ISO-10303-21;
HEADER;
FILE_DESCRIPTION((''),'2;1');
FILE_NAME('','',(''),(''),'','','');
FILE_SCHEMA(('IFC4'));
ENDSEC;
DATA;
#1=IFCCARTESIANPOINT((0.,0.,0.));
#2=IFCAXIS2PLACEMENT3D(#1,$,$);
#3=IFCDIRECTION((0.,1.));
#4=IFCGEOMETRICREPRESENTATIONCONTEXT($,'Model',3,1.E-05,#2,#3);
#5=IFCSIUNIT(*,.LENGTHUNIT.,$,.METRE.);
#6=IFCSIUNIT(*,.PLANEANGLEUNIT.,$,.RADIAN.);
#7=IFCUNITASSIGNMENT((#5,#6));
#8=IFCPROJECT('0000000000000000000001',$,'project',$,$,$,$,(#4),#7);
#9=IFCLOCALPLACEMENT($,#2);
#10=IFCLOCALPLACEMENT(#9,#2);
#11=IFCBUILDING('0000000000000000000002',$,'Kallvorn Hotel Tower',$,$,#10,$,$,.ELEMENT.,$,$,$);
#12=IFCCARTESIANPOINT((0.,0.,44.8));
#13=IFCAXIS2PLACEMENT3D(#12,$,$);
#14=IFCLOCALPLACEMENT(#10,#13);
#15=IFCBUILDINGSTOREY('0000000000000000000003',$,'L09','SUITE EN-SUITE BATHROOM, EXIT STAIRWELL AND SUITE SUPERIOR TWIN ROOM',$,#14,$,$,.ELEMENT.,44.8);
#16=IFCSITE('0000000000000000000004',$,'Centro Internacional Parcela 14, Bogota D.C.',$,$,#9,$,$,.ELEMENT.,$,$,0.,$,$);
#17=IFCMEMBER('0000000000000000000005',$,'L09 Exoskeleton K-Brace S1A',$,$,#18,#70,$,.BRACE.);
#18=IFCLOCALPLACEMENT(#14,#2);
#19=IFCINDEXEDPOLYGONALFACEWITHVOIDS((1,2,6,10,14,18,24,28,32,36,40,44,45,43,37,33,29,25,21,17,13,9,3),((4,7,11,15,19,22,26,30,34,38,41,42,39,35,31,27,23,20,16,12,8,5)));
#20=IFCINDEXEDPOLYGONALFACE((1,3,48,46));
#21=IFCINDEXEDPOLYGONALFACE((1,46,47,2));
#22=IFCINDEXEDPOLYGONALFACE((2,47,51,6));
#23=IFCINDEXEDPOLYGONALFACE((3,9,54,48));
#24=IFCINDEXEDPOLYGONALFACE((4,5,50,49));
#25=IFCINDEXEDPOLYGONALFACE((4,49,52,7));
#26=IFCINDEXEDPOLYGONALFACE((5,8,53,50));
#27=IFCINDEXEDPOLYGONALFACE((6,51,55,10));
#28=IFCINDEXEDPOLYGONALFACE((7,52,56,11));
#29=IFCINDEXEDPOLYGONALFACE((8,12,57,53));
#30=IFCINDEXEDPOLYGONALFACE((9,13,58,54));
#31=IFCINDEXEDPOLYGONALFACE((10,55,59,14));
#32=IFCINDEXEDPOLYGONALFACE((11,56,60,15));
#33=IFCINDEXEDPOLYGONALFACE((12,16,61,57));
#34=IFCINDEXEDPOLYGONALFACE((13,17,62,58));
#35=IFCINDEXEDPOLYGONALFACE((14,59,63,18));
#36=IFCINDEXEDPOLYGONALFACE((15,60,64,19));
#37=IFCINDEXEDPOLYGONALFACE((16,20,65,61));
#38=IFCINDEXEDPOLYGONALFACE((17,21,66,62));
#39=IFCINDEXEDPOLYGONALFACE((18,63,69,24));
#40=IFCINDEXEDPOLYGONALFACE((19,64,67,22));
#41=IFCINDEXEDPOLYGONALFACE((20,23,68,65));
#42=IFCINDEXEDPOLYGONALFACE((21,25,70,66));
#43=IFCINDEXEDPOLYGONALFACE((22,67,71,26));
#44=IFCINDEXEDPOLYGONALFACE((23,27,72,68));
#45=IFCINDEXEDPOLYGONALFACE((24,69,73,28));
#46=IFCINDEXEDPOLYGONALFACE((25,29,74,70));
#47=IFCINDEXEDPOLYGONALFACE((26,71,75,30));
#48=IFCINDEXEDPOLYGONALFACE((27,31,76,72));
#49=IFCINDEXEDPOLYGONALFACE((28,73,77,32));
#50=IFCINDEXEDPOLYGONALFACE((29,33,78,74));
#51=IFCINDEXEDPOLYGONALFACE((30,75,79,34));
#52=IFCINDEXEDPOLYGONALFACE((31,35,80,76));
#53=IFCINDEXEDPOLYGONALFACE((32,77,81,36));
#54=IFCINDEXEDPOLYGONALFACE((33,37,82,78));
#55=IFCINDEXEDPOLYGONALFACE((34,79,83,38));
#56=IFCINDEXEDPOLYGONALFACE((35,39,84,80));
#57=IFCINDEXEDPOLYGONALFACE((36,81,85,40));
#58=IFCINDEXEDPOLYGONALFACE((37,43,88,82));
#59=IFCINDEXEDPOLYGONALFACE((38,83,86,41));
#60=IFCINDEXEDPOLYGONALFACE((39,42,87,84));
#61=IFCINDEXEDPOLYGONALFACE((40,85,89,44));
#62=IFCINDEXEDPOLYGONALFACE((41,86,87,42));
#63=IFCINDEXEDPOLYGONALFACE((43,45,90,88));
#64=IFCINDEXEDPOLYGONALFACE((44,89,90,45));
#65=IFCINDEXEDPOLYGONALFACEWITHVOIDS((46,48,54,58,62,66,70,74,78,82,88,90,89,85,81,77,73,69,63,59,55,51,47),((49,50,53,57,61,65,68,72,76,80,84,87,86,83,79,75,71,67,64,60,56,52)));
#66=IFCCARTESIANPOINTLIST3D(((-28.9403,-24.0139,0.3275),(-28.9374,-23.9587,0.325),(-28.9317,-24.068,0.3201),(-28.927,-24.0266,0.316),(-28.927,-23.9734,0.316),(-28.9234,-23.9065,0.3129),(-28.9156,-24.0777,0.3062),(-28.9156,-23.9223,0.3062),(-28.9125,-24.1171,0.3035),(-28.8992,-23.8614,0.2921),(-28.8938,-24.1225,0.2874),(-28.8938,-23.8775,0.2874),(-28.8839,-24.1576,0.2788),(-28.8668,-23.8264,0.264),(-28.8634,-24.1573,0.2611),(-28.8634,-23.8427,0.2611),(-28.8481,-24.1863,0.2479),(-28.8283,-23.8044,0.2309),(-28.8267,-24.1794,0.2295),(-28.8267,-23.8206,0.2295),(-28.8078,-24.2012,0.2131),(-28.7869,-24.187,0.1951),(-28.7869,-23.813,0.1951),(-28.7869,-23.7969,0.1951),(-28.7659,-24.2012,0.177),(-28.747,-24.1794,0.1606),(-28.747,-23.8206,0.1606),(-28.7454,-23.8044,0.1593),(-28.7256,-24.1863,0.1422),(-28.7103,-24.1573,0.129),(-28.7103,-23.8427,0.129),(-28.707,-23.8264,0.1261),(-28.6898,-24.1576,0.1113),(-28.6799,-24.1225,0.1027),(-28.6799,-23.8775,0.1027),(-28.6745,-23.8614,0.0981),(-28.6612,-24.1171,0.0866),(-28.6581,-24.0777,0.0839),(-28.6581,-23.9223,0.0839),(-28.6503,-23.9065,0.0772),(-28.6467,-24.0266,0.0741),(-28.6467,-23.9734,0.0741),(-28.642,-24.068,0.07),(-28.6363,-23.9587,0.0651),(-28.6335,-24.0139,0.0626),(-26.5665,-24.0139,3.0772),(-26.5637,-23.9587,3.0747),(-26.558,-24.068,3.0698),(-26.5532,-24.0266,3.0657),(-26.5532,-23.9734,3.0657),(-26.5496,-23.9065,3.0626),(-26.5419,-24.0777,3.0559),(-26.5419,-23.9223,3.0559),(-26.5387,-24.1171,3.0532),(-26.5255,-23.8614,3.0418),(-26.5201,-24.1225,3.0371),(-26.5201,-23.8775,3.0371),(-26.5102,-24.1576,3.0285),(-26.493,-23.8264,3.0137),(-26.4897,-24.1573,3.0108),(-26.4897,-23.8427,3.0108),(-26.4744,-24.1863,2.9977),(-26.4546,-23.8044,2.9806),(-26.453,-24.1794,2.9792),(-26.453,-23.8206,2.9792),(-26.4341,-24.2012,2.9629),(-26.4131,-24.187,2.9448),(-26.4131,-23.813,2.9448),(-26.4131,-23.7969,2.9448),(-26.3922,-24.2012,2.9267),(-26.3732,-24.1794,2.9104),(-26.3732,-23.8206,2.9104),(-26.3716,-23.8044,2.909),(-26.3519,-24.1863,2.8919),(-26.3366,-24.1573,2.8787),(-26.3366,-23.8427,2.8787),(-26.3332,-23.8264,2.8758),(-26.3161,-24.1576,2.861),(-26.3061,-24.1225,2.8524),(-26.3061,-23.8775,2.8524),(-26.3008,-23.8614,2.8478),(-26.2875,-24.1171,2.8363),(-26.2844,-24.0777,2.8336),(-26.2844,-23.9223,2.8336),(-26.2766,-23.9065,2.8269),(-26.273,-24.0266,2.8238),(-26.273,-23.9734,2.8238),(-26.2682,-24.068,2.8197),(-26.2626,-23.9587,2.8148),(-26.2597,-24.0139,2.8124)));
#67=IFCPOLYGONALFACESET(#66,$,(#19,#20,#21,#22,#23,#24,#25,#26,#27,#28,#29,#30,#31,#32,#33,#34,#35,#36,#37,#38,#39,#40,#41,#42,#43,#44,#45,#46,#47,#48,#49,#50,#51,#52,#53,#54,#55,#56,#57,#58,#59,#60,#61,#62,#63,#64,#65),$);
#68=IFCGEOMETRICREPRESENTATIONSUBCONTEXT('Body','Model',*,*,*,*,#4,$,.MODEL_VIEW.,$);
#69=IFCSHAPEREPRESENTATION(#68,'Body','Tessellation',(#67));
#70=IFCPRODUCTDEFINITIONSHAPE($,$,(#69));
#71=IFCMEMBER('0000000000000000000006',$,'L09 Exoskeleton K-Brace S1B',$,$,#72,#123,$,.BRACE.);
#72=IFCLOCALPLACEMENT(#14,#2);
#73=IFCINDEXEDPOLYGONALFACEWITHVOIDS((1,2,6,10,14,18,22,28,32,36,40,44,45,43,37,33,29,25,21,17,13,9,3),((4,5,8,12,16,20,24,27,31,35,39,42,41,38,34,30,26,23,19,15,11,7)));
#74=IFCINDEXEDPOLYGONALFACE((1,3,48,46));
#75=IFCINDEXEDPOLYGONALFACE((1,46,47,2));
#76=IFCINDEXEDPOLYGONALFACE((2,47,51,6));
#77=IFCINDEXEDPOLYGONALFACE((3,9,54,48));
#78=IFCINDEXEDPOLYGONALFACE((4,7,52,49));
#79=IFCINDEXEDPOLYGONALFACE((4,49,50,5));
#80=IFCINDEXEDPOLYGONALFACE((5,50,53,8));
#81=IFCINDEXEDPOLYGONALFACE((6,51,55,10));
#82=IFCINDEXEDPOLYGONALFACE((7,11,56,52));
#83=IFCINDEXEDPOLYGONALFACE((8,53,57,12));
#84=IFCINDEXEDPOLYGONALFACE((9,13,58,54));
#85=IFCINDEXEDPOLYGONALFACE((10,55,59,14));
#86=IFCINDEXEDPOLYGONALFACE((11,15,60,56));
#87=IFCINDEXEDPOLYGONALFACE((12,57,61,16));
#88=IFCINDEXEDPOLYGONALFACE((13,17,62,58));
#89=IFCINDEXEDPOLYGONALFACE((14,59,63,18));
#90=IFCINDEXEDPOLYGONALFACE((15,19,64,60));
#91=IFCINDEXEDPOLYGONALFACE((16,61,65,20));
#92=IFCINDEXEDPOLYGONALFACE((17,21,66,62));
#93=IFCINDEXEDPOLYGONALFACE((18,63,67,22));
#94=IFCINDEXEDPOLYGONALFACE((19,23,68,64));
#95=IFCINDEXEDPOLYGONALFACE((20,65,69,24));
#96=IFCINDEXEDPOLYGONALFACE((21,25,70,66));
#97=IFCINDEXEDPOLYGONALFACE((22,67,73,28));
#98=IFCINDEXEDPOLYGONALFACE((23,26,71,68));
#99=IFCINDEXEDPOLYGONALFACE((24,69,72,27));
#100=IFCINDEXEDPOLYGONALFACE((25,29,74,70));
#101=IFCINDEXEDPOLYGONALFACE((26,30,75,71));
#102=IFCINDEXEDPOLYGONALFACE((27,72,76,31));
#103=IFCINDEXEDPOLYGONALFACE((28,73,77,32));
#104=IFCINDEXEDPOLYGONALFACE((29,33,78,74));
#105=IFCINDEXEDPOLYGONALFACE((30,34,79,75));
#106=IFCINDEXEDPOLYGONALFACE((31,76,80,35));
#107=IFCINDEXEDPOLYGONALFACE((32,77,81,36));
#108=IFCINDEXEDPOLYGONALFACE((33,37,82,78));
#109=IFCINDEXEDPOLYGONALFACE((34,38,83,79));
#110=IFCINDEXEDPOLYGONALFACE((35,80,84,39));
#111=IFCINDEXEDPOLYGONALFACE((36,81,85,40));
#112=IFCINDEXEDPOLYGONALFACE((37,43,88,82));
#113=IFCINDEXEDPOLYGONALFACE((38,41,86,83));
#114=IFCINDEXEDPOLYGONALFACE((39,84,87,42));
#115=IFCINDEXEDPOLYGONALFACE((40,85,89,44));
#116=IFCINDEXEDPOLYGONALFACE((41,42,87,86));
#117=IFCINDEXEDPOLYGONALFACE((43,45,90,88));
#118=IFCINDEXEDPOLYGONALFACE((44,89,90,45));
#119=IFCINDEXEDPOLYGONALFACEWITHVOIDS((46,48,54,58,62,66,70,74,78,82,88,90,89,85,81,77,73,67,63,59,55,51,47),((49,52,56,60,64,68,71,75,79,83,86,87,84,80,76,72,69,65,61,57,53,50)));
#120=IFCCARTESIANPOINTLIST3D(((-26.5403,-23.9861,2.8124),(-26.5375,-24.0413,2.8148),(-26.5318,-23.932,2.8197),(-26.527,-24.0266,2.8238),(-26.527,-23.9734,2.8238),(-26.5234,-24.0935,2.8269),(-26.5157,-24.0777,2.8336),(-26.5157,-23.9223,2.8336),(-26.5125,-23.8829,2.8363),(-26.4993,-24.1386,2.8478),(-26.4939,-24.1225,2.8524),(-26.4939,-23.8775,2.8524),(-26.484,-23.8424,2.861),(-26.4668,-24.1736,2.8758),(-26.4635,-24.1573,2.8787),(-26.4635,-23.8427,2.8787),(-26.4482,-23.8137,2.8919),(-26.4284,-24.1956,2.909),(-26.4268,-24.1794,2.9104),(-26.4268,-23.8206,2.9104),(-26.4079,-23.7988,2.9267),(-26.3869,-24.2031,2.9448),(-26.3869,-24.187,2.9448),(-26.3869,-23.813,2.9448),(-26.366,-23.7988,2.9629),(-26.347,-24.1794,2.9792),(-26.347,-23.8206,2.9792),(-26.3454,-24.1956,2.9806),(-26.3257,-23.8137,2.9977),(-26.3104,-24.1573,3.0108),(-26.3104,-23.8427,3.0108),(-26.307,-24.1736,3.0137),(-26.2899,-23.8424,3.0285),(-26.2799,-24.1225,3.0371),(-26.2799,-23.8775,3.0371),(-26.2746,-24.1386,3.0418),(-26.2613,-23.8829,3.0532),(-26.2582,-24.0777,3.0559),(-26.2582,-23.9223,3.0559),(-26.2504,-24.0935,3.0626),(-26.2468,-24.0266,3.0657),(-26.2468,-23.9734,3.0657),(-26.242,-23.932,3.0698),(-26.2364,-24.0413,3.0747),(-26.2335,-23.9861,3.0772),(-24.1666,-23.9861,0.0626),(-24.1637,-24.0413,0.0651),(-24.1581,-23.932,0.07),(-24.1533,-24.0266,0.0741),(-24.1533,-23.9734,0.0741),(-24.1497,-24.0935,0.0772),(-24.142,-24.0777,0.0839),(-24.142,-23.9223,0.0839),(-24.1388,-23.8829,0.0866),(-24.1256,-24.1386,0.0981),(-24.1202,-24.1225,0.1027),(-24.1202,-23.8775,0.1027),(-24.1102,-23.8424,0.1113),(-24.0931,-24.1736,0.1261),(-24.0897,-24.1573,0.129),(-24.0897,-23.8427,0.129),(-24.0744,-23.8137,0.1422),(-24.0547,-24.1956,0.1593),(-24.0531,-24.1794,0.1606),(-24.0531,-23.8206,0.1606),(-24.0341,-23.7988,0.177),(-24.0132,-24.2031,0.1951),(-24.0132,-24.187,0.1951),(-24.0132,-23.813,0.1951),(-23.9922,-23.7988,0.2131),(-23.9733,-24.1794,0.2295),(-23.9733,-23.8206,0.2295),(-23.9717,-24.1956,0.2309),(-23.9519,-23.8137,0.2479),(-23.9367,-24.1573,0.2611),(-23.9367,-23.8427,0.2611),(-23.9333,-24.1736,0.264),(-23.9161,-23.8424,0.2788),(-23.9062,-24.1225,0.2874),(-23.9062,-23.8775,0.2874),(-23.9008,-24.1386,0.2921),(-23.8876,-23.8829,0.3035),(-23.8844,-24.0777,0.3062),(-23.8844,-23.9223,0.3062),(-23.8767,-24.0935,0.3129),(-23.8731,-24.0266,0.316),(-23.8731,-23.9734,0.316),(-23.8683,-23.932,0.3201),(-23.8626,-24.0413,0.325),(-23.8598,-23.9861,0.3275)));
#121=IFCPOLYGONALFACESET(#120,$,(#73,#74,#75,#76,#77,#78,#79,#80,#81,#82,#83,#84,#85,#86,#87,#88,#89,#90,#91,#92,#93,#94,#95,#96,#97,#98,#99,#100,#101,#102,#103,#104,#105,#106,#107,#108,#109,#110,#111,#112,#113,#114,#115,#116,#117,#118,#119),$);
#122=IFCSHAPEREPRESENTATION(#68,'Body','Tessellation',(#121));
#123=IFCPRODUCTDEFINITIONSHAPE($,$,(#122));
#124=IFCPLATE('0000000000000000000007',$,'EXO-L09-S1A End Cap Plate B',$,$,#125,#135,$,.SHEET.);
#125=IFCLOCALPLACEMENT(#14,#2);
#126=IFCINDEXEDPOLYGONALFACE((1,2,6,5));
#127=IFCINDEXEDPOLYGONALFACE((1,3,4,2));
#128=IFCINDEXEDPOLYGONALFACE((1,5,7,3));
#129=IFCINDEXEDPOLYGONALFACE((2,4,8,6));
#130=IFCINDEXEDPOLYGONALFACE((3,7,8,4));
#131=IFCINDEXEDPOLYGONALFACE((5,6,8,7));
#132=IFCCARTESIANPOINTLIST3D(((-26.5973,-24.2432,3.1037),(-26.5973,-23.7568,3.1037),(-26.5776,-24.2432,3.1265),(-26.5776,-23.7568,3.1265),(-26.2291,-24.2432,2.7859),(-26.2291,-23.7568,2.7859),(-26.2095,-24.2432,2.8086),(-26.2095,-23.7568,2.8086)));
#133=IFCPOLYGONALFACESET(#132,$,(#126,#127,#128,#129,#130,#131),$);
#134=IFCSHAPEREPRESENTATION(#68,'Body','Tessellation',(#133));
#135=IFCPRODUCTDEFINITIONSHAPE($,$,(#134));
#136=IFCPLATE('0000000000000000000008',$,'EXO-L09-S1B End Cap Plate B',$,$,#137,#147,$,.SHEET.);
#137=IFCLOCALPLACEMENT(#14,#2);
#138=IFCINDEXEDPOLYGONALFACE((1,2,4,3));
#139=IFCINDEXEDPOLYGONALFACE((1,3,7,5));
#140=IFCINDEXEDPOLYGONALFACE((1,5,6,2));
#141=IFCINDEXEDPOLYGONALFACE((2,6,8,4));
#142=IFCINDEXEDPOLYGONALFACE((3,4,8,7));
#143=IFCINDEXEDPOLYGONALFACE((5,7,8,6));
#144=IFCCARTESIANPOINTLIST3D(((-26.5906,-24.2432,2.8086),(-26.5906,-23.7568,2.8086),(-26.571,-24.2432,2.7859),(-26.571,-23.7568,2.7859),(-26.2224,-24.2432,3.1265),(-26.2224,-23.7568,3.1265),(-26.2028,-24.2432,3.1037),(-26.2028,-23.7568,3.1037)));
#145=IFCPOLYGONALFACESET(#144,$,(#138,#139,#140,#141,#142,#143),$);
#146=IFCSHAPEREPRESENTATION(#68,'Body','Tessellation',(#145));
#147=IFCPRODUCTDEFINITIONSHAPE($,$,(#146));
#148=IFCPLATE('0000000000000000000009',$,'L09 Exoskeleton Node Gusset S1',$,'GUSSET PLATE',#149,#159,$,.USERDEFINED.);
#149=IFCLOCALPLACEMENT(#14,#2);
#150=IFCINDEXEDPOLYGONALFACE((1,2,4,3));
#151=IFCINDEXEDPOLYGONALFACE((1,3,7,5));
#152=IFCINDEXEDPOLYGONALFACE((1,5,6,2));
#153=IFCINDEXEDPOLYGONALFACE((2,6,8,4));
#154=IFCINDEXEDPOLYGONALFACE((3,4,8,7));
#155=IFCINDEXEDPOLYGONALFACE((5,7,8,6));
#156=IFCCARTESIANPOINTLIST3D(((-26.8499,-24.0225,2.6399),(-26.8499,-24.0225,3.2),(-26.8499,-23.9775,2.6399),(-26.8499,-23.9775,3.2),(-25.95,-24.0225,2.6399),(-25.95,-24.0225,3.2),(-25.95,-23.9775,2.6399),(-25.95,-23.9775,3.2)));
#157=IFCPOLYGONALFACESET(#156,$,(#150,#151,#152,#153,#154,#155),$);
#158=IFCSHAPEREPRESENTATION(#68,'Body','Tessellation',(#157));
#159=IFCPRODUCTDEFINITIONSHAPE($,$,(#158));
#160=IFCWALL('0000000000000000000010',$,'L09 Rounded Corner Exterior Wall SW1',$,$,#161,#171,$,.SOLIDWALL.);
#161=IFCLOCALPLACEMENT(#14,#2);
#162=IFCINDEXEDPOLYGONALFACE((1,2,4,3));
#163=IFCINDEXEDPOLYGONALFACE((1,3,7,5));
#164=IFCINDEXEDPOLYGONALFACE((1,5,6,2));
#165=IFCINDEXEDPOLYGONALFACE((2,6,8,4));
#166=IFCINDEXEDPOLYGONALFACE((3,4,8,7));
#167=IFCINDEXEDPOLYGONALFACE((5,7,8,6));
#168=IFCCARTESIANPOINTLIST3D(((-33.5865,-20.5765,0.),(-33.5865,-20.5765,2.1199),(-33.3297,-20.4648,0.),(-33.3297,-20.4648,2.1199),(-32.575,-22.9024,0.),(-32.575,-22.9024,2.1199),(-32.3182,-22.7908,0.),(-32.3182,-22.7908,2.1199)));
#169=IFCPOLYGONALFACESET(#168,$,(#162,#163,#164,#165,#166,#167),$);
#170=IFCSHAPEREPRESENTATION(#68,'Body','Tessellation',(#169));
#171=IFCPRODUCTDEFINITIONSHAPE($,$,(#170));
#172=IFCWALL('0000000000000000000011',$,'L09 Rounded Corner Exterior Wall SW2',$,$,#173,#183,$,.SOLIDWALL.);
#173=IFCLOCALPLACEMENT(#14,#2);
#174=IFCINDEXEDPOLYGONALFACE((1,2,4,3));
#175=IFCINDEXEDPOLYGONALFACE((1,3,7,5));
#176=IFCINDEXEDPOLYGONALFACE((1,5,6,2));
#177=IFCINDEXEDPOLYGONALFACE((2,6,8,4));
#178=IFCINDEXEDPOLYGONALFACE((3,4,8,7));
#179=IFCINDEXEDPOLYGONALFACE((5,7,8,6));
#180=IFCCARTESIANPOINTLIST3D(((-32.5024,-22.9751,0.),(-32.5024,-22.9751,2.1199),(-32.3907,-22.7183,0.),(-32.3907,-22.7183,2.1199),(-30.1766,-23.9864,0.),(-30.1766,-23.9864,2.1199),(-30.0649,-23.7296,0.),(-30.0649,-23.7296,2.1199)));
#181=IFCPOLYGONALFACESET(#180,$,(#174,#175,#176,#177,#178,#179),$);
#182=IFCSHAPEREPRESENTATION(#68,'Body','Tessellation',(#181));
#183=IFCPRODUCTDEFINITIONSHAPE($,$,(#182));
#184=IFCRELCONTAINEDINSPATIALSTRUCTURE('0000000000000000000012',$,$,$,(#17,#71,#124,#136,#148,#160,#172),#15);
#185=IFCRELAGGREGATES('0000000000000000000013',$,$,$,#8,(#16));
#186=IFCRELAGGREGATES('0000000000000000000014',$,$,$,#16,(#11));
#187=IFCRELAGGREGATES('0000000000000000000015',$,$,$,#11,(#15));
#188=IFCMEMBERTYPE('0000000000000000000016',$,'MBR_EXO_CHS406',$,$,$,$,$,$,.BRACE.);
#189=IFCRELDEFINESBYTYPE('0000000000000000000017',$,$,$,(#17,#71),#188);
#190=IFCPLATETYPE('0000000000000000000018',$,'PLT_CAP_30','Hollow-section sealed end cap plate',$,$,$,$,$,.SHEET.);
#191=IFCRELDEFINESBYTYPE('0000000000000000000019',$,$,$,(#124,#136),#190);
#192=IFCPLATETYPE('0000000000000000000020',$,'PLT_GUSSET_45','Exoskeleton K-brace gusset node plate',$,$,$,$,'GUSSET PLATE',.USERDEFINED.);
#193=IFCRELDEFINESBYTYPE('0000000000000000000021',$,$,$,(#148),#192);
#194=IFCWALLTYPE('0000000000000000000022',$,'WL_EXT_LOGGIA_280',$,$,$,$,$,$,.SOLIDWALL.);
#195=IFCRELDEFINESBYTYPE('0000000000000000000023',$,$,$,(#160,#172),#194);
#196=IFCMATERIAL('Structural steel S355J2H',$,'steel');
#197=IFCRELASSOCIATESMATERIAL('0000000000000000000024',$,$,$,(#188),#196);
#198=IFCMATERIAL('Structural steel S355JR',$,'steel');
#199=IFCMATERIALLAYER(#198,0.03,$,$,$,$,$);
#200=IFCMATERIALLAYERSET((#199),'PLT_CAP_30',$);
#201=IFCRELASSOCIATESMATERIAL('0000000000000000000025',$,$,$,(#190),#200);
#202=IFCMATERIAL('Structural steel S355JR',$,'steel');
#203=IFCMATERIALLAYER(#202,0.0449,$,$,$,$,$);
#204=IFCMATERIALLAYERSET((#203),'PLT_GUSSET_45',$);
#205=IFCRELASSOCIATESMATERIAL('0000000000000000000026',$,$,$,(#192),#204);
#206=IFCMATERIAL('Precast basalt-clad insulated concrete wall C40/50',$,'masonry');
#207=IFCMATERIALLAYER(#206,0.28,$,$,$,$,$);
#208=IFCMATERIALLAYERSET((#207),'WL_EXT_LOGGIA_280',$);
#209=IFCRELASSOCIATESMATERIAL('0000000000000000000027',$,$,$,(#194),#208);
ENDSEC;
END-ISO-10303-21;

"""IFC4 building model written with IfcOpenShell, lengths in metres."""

from ifc_helpers import new_model, si_unit, direction, frame, frame_2d, origin, origin_2d, place, context, subcontext, project, spatial, polyline, rectangle, hollow_circle, outline, extrude, material, layer, layer_set, material_profile, profile_set, type_object, element, save


model = new_model("IFC4")

# Units and contexts
model_context = context("Model", 3, precision=1e-05, world=origin(), true_north=direction((0.0, 1.0)))
body_context = subcontext(model_context, "Body", "Model", "MODEL_VIEW")
ifc_project = project(units=[si_unit("LENGTHUNIT", "METRE"), si_unit("PLANEANGLEUNIT", "RADIAN")], contexts=[model_context])

# Site, building, storey
site_placement = place(None, origin())
site = spatial("IfcSite", under=ifc_project, at=site_placement, Name="Centro Internacional Parcela 14, Bogota D.C.", CompositionType="ELEMENT", RefElevation=0.0)
building_placement = place(site_placement, origin())
building = spatial("IfcBuilding", under=site, at=building_placement, Name="Kallvorn Hotel Tower", CompositionType="ELEMENT")
storey_placement = place(building_placement, frame((0.0, 0.0, 44.8)))
storey = spatial("IfcBuildingStorey", under=building, at=storey_placement, Name="L09", Description="SUITE EN-SUITE BATHROOM, EXIT STAIRWELL AND SUITE SUPERIOR TWIN ROOM", CompositionType="ELEMENT", Elevation=44.8)

# Members
ifc_material_1 = material(Name="Structural steel S355J2H", Category="steel")
ifc_material_profile_1 = material_profile(ifc_material_1, hollow_circle(Radius=0.2031, WallThickness=0.0161, at=origin_2d()), Name="CHS 406.4x16")
ifc_profile_set_1 = profile_set([ifc_material_profile_1], Name="Structural steel S355J2H")
member_type = type_object("IfcMemberType", Name="MBR_EXO_CHS406", PredefinedType="BRACE", material=ifc_profile_set_1)
for number, where, z_axis, x_axis, name in (
    (1, (-28.7869, -24.0, 0.1951), (0.653461, 0.0, 0.756961), (0.0, 1.0, 0.0), "L09 Exoskeleton K-Brace S1A"),
    (2, (-24.0132, -24.0, 0.1951), (-0.653461, 0.0, 0.756961), (0.0, -1.0, 0.0), "L09 Exoskeleton K-Brace S1B"),
):
    element("IfcMember", number, at=place(storey_placement, frame(where, z_axis=z_axis, x_axis=x_axis)), inside=storey, type_object=member_type, Name=name, PredefinedType="BRACE", context=body_context, shape_type="SweptSolid", body=[
        extrude(hollow_circle(Radius=0.2031, WallThickness=0.0161, at=origin_2d()), origin(), (0.0, 0.0, 1.0), 3.6326),
    ])

# Plates
ifc_material_2 = material(Name="Structural steel S355JR", Category="steel")
ifc_layer_1 = layer(ifc_material_2, 0.03)
ifc_layer_set_1 = layer_set([ifc_layer_1], Name="PLT_CAP_30")
plate_type_1 = type_object("IfcPlateType", Name="PLT_CAP_30", Description="Hollow-section sealed end cap plate", PredefinedType="SHEET", material=ifc_layer_set_1)
for number, where, z_axis, x_axis, name in (
    (3, (-26.2095, -24.2432, 2.8086), (0.653515, 0.0, 0.756913), (0.0, 1.0, 0.0), "EXO-L09-S1A End Cap Plate B"),
    (4, (-26.5906, -23.7568, 2.8086), (-0.653515, 0.0, 0.756913), (0.0, -1.0, 0.0), "EXO-L09-S1B End Cap Plate B"),
):
    element("IfcPlate", number, at=place(storey_placement, frame(where, z_axis=z_axis, x_axis=x_axis)), inside=storey, type_object=plate_type_1, Name=name, PredefinedType="SHEET", context=body_context, shape_type="SweptSolid", body=[
        extrude(outline(polyline([(0.0, 0.0), (0.4863, 0.0), (0.4863, 0.4864), (0.0, 0.4864), (0.0, 0.0)])), origin(), (0.0, 0.0, -1.0), 0.03),
    ])
ifc_material_3 = material(Name="Structural steel S355JR", Category="steel")
ifc_layer_2 = layer(ifc_material_3, 0.0449)
ifc_layer_set_2 = layer_set([ifc_layer_2], Name="PLT_GUSSET_45")
plate_type_2 = type_object("IfcPlateType", Name="PLT_GUSSET_45", Description="Exoskeleton K-brace gusset node plate", ElementType="GUSSET PLATE", PredefinedType="USERDEFINED", material=ifc_layer_set_2)
plate_placement = place(storey_placement, frame((-26.3999, -24.0, 2.6399), z_axis=(0.0, 0.0, 1.0), x_axis=(1.0, 0.0, 0.0)))
element("IfcPlate", 5, at=plate_placement, inside=storey, type_object=plate_type_2, Name="L09 Exoskeleton Node Gusset S1", ObjectType="GUSSET PLATE", PredefinedType="USERDEFINED", context=body_context, shape_type="SweptSolid", body=[
    extrude(rectangle(XDim=0.8999, YDim=0.0449, at=origin_2d()), origin(), (0.0, 0.0, 1.0), 0.5601),
])

# Walls
ifc_material_4 = material(Name="Precast basalt-clad insulated concrete wall C40/50", Category="masonry")
ifc_layer_3 = layer(ifc_material_4, 0.28)
ifc_layer_set_3 = layer_set([ifc_layer_3], Name="WL_EXT_LOGGIA_280")
wall_type_1 = type_object("IfcWallType", Name="WL_EXT_LOGGIA_280", PredefinedType="SOLIDWALL", material=ifc_layer_set_3)
wall_1_placement = place(storey_placement, frame((-33.458, -20.5208, 0.0), z_axis=(0.0, 0.0, 1.0), x_axis=(0.398793, -0.917041, 0.0)))
element("IfcWall", 6, at=wall_1_placement, inside=storey, type_object=wall_type_1, Name="L09 Rounded Corner Exterior Wall SW1", PredefinedType="SOLIDWALL", context=body_context, shape_type="SweptSolid", body=[
    extrude(rectangle(XDim=2.5364, YDim=0.28, at=frame_2d((1.2681, 0.0))), origin(), (0.0, 0.0, 1.0), 2.1199),
])
wall_2_placement = place(storey_placement, frame((-32.4465, -22.8467, 0.0), z_axis=(0.0, 0.0, 1.0), x_axis=(0.917061, -0.398747, 0.0)))
element("IfcWall", 7, at=wall_2_placement, inside=storey, type_object=wall_type_1, Name="L09 Rounded Corner Exterior Wall SW2", PredefinedType="SOLIDWALL", context=body_context, shape_type="SweptSolid", body=[
    extrude(rectangle(XDim=2.5361, YDim=0.28, at=frame_2d((1.2681, 0.0))), origin(), (0.0, 0.0, 1.0), 2.1199),
])

save(model, "model.ifc")
